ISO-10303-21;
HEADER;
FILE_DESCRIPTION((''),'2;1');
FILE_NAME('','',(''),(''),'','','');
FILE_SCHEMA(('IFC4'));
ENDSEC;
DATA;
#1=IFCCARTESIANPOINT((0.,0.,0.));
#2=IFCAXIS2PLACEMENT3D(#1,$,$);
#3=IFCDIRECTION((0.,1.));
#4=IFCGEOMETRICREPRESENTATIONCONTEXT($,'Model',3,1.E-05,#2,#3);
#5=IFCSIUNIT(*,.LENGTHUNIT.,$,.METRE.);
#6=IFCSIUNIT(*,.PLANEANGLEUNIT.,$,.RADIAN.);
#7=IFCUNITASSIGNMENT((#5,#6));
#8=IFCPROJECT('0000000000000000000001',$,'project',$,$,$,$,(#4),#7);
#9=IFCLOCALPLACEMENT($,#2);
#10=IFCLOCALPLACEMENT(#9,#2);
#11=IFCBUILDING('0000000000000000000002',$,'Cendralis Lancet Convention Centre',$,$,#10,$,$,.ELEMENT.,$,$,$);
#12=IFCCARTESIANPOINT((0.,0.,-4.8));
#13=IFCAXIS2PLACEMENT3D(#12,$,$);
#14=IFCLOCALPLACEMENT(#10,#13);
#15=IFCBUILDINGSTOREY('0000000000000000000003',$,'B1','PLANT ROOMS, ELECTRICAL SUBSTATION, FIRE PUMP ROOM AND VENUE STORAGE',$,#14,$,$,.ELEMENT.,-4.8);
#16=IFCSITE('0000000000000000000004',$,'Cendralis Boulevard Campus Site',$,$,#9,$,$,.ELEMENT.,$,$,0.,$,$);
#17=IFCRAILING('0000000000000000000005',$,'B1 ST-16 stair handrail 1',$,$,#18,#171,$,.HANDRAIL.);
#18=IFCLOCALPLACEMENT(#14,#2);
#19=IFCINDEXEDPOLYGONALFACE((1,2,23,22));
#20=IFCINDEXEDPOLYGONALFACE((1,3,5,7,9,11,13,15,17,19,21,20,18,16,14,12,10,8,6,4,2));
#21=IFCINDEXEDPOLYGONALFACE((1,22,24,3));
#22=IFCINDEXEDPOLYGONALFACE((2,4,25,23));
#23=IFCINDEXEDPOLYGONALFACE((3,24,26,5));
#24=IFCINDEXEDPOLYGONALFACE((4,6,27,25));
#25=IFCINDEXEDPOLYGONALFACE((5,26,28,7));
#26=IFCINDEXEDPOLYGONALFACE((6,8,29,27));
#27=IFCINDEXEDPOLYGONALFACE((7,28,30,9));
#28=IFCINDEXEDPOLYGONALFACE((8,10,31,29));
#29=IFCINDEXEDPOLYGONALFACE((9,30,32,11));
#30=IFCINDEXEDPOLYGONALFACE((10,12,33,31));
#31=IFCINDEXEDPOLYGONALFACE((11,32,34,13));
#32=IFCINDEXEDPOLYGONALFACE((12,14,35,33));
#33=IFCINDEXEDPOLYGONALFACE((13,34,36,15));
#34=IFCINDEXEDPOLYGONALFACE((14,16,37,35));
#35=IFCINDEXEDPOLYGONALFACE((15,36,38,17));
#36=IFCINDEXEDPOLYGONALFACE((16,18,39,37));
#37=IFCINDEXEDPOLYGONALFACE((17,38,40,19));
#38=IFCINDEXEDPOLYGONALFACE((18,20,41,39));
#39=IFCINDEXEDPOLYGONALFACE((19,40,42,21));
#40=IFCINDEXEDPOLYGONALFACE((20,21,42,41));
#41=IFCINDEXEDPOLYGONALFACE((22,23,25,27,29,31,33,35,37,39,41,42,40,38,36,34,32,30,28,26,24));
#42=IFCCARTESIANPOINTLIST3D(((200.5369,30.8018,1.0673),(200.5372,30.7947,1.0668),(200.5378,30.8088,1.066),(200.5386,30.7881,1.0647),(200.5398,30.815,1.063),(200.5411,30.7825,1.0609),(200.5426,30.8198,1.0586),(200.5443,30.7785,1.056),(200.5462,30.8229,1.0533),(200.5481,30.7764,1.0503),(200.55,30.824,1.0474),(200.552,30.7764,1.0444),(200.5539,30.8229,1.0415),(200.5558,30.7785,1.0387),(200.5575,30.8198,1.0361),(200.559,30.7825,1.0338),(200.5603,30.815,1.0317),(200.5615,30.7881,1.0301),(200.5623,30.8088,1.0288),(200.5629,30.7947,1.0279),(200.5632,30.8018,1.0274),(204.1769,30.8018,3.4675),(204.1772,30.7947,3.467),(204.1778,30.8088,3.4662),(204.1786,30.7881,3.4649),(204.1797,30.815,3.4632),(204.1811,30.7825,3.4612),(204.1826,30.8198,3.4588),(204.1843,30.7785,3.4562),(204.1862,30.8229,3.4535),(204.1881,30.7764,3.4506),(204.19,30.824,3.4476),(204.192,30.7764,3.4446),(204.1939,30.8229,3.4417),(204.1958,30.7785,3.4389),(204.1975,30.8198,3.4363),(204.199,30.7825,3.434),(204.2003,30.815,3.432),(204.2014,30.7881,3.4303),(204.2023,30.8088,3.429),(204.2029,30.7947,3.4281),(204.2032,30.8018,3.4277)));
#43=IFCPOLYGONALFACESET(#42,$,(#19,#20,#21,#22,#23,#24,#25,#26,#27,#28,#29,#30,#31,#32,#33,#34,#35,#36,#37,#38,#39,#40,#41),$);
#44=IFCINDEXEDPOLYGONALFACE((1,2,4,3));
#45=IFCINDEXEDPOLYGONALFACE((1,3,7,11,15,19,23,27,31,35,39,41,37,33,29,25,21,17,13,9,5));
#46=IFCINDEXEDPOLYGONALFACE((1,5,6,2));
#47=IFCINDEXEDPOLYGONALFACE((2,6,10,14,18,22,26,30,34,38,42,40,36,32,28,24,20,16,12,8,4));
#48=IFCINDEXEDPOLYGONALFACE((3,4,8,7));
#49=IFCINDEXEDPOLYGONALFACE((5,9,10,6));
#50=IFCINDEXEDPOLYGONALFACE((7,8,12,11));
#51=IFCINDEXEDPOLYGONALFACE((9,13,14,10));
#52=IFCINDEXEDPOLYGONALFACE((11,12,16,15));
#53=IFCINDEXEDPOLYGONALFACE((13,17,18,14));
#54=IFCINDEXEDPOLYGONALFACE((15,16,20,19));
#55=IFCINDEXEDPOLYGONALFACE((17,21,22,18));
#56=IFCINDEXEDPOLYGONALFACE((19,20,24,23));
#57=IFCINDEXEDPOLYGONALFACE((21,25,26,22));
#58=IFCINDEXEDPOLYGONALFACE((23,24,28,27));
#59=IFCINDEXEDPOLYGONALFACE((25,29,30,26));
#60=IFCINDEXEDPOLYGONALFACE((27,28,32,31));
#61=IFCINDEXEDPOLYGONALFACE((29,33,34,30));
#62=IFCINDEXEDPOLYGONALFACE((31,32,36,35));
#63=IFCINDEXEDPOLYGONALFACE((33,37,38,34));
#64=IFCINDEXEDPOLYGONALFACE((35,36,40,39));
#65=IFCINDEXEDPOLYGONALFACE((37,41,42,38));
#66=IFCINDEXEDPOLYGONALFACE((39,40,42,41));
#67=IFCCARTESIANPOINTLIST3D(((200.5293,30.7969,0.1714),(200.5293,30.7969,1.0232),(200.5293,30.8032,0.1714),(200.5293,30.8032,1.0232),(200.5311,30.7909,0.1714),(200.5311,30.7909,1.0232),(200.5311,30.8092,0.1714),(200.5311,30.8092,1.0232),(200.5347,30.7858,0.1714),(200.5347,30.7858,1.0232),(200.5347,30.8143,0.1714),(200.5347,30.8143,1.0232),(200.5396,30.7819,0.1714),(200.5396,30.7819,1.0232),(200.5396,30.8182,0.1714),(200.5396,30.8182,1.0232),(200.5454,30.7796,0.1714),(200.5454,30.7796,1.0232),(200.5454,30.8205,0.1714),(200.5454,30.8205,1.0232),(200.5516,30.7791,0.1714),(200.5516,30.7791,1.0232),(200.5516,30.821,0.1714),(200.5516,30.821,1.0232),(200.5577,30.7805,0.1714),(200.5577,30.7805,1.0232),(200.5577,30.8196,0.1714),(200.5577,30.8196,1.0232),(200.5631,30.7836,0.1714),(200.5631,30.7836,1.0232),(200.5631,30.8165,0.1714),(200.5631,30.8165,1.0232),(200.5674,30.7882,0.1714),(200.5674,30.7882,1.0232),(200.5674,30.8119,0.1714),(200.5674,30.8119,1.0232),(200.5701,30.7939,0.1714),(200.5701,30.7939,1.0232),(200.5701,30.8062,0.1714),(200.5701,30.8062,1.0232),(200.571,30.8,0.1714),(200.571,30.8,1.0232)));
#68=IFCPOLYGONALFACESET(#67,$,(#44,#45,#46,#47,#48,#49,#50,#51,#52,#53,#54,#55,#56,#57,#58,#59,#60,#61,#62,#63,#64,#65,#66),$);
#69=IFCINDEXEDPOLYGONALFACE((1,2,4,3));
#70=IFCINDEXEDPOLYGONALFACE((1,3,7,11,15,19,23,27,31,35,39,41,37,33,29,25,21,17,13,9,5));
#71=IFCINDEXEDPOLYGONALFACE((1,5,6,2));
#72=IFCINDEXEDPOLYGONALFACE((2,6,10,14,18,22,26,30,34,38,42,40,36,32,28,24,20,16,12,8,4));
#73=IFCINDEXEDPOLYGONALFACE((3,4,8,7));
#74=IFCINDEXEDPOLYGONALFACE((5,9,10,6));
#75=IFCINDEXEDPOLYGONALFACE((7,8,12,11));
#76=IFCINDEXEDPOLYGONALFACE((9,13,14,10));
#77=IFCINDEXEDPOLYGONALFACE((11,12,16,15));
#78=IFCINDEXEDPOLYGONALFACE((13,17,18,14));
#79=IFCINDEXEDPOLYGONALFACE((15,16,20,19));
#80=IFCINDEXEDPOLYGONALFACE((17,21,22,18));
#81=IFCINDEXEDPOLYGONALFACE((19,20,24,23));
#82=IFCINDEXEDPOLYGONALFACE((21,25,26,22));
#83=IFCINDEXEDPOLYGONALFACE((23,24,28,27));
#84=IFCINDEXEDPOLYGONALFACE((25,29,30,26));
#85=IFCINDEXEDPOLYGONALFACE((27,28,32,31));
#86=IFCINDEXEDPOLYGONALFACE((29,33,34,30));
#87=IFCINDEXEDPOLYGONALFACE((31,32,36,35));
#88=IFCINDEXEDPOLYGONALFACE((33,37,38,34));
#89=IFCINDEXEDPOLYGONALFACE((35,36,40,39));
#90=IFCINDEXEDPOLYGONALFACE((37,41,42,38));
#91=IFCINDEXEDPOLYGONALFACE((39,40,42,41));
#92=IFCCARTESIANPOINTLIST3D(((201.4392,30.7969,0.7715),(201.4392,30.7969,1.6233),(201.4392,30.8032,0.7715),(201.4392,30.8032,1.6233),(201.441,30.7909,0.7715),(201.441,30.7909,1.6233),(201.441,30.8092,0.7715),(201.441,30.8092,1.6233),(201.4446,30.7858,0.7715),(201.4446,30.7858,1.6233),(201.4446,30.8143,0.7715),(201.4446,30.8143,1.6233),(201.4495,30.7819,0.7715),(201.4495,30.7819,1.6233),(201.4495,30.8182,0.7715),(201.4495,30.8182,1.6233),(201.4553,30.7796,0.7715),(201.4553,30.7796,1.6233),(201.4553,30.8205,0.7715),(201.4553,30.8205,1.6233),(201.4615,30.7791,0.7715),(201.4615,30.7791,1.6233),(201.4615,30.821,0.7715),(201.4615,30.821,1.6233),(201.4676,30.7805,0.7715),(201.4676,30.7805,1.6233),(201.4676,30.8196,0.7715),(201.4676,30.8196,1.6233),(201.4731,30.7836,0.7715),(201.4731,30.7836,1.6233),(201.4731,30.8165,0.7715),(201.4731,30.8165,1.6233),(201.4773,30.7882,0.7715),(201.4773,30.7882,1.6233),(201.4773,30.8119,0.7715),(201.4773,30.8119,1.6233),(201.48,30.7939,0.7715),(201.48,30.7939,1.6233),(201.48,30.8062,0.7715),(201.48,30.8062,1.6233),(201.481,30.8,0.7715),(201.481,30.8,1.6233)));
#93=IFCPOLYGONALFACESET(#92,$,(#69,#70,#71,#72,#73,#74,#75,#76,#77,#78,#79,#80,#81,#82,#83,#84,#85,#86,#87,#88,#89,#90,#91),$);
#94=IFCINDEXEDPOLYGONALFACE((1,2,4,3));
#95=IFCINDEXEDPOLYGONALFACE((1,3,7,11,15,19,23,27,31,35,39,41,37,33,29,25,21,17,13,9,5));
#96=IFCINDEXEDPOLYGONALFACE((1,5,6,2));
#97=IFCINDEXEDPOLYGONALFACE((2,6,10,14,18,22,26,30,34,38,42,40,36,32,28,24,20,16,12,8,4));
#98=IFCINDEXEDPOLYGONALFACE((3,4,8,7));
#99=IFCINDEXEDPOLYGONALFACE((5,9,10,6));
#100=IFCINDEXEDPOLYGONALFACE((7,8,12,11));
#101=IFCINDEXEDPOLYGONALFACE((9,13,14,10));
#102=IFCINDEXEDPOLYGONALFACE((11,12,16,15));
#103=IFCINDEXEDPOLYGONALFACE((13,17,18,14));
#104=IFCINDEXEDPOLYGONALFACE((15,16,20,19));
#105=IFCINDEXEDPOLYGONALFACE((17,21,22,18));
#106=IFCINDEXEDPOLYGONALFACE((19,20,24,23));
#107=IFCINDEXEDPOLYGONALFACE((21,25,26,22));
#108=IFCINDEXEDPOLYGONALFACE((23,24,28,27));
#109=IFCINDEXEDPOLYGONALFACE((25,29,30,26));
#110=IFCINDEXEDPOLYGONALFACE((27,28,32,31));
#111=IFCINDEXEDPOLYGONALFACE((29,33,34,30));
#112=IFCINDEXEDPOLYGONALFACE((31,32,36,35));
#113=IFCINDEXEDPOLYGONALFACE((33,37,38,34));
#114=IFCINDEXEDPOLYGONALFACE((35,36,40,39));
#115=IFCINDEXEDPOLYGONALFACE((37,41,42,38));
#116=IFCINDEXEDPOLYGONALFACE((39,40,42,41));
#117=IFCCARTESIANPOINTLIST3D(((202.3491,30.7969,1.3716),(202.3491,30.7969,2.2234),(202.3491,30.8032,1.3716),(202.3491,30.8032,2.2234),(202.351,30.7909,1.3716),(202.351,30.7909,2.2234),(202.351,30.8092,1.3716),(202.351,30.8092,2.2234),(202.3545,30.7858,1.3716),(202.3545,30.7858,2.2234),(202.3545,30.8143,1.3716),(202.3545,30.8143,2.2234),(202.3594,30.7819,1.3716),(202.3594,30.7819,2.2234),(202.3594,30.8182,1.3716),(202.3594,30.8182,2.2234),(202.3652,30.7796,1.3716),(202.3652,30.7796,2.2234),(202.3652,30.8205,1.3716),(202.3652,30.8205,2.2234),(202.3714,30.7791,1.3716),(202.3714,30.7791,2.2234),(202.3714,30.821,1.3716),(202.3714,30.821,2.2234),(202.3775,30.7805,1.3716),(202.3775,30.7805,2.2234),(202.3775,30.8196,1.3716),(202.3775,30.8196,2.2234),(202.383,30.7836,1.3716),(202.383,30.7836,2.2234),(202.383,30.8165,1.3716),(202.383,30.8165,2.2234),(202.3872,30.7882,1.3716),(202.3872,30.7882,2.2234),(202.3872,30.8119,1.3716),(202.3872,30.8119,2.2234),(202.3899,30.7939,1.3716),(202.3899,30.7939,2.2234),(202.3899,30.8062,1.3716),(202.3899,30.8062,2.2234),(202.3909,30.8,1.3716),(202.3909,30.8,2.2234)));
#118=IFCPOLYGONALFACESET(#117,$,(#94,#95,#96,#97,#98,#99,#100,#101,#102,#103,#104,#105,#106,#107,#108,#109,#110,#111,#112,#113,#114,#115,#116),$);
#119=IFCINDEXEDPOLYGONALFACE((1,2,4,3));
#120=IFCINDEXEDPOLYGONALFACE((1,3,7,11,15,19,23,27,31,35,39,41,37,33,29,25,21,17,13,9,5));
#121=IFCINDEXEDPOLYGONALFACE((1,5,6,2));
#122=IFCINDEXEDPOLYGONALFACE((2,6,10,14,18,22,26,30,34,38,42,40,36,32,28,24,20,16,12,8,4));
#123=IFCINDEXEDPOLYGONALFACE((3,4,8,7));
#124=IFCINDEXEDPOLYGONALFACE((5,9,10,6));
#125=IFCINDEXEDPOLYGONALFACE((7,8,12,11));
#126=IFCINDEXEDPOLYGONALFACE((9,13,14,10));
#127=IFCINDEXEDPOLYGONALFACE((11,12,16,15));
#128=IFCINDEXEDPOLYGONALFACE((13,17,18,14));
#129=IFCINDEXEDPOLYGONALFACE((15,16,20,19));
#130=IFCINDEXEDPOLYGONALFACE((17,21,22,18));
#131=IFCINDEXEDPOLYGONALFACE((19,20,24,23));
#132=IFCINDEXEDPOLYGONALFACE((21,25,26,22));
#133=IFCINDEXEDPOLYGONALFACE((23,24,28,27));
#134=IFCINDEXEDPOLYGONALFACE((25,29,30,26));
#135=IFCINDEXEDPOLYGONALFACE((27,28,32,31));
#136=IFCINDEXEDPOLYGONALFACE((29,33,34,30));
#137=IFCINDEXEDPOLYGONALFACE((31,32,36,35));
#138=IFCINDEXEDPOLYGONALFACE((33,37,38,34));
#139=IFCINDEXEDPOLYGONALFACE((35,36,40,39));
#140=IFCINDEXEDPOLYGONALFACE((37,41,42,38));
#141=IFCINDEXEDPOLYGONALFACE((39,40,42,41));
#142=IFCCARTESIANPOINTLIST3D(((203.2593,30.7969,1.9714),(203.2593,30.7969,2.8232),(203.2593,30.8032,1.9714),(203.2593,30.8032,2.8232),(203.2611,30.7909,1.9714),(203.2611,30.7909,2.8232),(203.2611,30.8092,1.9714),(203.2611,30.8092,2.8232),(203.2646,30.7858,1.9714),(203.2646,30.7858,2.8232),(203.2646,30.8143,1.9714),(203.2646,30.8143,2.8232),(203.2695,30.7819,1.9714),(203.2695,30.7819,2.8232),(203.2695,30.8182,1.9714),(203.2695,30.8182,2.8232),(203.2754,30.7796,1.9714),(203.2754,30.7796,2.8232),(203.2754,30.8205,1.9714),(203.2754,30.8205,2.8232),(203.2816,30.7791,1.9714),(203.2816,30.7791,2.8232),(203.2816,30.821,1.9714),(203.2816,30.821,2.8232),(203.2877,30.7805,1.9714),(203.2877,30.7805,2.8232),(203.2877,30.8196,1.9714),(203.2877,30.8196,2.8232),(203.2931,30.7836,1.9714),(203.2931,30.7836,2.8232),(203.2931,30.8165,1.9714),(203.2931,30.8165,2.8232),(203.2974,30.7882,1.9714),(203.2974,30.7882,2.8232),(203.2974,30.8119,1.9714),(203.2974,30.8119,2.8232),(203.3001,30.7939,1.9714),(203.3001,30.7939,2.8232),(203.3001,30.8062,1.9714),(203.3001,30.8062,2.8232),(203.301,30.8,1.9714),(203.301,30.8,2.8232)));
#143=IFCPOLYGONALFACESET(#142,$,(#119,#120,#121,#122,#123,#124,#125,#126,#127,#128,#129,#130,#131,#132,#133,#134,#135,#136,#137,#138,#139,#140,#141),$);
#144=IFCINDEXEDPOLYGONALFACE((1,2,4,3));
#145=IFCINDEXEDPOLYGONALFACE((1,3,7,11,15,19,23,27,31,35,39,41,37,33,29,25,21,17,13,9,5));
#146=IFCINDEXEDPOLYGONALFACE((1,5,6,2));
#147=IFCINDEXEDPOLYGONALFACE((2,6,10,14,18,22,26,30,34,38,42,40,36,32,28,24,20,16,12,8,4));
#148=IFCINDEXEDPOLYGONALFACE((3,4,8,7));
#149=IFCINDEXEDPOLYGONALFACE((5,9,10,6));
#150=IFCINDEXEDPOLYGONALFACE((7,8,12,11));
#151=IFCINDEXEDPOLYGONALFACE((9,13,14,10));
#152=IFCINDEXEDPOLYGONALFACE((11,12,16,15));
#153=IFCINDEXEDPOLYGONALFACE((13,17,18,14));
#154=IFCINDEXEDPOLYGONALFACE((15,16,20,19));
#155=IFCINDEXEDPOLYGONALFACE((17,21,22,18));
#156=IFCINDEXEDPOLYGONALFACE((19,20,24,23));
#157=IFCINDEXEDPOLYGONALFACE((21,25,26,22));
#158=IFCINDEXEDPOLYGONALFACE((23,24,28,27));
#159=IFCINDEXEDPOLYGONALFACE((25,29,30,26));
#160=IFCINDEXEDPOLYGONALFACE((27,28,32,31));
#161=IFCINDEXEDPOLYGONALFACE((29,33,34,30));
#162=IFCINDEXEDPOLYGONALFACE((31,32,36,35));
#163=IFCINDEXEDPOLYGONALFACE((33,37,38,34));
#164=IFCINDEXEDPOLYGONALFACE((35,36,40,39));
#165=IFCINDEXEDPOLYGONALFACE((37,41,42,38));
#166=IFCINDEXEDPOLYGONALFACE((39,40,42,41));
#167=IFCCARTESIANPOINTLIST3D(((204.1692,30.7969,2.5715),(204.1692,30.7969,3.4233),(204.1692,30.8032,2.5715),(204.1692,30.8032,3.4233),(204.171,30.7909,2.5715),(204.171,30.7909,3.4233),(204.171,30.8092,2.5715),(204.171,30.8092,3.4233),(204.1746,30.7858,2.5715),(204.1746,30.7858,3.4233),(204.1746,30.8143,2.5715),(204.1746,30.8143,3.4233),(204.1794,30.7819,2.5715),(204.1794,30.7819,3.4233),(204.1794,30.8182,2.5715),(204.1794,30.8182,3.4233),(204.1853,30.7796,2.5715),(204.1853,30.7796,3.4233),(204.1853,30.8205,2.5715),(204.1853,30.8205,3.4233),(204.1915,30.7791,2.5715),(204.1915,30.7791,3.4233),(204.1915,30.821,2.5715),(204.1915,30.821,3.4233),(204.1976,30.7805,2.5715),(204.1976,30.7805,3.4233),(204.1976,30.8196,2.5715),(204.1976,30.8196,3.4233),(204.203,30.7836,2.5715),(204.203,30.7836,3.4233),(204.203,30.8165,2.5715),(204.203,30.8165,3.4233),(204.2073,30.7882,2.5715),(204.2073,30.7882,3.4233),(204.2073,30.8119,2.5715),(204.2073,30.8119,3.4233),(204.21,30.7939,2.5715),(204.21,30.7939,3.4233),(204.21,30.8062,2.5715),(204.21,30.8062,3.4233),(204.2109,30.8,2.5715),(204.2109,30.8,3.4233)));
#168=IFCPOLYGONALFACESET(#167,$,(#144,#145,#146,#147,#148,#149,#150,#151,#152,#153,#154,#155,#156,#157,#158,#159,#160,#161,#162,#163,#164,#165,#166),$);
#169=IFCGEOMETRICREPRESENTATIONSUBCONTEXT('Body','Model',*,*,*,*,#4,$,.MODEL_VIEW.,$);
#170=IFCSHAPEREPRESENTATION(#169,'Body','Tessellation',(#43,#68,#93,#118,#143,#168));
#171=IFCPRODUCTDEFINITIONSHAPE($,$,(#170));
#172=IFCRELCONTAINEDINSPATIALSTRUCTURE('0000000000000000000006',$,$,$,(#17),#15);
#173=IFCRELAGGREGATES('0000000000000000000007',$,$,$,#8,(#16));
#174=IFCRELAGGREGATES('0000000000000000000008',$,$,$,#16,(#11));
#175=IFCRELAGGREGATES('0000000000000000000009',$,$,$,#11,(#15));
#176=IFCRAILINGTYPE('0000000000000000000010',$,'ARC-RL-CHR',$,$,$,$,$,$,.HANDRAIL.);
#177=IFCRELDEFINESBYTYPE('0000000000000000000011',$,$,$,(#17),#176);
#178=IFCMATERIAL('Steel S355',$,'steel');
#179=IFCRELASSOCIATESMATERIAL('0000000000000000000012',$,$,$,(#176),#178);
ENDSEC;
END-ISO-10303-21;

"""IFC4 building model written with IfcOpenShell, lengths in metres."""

from ifc_helpers import new_model, si_unit, direction, frame, origin, origin_2d, place, context, subcontext, project, spatial, circle, extrude, material, type_object, element, save


model = new_model("IFC4")

# Units and contexts
model_context = context("Model", 3, precision=1e-05, world=origin(), true_north=direction((0.0, 1.0)))
body_context = subcontext(model_context, "Body", "Model", "MODEL_VIEW")
ifc_project = project(units=[si_unit("LENGTHUNIT", "METRE"), si_unit("PLANEANGLEUNIT", "RADIAN")], contexts=[model_context])

# Site, building, storey
site_placement = place(None, origin())
site = spatial("IfcSite", under=ifc_project, at=site_placement, Name="Cendralis Boulevard Campus Site", CompositionType="ELEMENT", RefElevation=0.0)
building_placement = place(site_placement, origin())
building = spatial("IfcBuilding", under=site, at=building_placement, Name="Cendralis Lancet Convention Centre", CompositionType="ELEMENT")
storey_placement = place(building_placement, frame((0.0, 0.0, -4.8)))
storey = spatial("IfcBuildingStorey", under=building, at=storey_placement, Name="B1", Description="PLANT ROOMS, ELECTRICAL SUBSTATION, FIRE PUMP ROOM AND VENUE STORAGE", CompositionType="ELEMENT", Elevation=-4.8)

# Railing
ifc_material_1 = material(Name="Steel S355", Category="steel")
railing_type_1 = type_object("IfcRailingType", Name="ARC-RL-CHR", PredefinedType="HANDRAIL", material=ifc_material_1)
railing_1_placement = place(storey_placement, frame((200.55, 30.8, 0.1714)))
element("IfcRailing", 1, at=railing_1_placement, inside=storey, type_object=railing_type_1, Name="B1 ST-16 stair handrail 1", PredefinedType="HANDRAIL", context=body_context, shape_type="SweptSolid", body=[
    extrude(circle(Radius=0.0239, at=origin_2d()), frame((0.0, 0.0, 0.876), z_axis=(0.834839, 0.0, 0.550493), x_axis=(0.0, 1.0, 0.0)), (0.0, 0.0, 1.0), 4.3601),
    extrude(circle(Radius=0.021, at=origin_2d()), origin(), (0.0, 0.0, 1.0), 0.8518),
    extrude(circle(Radius=0.021, at=origin_2d()), frame((0.9099, 0.0, 0.6001)), (0.0, 0.0, 1.0), 0.8518),
    extrude(circle(Radius=0.021, at=origin_2d()), frame((1.8198, 0.0, 1.2002)), (0.0, 0.0, 1.0), 0.8518),
    extrude(circle(Radius=0.021, at=origin_2d()), frame((2.73, 0.0, 1.8)), (0.0, 0.0, 1.0), 0.8518),
    extrude(circle(Radius=0.021, at=origin_2d()), frame((3.6399, 0.0, 2.4001)), (0.0, 0.0, 1.0), 0.8518),
])

save(model, "model.ifc")
